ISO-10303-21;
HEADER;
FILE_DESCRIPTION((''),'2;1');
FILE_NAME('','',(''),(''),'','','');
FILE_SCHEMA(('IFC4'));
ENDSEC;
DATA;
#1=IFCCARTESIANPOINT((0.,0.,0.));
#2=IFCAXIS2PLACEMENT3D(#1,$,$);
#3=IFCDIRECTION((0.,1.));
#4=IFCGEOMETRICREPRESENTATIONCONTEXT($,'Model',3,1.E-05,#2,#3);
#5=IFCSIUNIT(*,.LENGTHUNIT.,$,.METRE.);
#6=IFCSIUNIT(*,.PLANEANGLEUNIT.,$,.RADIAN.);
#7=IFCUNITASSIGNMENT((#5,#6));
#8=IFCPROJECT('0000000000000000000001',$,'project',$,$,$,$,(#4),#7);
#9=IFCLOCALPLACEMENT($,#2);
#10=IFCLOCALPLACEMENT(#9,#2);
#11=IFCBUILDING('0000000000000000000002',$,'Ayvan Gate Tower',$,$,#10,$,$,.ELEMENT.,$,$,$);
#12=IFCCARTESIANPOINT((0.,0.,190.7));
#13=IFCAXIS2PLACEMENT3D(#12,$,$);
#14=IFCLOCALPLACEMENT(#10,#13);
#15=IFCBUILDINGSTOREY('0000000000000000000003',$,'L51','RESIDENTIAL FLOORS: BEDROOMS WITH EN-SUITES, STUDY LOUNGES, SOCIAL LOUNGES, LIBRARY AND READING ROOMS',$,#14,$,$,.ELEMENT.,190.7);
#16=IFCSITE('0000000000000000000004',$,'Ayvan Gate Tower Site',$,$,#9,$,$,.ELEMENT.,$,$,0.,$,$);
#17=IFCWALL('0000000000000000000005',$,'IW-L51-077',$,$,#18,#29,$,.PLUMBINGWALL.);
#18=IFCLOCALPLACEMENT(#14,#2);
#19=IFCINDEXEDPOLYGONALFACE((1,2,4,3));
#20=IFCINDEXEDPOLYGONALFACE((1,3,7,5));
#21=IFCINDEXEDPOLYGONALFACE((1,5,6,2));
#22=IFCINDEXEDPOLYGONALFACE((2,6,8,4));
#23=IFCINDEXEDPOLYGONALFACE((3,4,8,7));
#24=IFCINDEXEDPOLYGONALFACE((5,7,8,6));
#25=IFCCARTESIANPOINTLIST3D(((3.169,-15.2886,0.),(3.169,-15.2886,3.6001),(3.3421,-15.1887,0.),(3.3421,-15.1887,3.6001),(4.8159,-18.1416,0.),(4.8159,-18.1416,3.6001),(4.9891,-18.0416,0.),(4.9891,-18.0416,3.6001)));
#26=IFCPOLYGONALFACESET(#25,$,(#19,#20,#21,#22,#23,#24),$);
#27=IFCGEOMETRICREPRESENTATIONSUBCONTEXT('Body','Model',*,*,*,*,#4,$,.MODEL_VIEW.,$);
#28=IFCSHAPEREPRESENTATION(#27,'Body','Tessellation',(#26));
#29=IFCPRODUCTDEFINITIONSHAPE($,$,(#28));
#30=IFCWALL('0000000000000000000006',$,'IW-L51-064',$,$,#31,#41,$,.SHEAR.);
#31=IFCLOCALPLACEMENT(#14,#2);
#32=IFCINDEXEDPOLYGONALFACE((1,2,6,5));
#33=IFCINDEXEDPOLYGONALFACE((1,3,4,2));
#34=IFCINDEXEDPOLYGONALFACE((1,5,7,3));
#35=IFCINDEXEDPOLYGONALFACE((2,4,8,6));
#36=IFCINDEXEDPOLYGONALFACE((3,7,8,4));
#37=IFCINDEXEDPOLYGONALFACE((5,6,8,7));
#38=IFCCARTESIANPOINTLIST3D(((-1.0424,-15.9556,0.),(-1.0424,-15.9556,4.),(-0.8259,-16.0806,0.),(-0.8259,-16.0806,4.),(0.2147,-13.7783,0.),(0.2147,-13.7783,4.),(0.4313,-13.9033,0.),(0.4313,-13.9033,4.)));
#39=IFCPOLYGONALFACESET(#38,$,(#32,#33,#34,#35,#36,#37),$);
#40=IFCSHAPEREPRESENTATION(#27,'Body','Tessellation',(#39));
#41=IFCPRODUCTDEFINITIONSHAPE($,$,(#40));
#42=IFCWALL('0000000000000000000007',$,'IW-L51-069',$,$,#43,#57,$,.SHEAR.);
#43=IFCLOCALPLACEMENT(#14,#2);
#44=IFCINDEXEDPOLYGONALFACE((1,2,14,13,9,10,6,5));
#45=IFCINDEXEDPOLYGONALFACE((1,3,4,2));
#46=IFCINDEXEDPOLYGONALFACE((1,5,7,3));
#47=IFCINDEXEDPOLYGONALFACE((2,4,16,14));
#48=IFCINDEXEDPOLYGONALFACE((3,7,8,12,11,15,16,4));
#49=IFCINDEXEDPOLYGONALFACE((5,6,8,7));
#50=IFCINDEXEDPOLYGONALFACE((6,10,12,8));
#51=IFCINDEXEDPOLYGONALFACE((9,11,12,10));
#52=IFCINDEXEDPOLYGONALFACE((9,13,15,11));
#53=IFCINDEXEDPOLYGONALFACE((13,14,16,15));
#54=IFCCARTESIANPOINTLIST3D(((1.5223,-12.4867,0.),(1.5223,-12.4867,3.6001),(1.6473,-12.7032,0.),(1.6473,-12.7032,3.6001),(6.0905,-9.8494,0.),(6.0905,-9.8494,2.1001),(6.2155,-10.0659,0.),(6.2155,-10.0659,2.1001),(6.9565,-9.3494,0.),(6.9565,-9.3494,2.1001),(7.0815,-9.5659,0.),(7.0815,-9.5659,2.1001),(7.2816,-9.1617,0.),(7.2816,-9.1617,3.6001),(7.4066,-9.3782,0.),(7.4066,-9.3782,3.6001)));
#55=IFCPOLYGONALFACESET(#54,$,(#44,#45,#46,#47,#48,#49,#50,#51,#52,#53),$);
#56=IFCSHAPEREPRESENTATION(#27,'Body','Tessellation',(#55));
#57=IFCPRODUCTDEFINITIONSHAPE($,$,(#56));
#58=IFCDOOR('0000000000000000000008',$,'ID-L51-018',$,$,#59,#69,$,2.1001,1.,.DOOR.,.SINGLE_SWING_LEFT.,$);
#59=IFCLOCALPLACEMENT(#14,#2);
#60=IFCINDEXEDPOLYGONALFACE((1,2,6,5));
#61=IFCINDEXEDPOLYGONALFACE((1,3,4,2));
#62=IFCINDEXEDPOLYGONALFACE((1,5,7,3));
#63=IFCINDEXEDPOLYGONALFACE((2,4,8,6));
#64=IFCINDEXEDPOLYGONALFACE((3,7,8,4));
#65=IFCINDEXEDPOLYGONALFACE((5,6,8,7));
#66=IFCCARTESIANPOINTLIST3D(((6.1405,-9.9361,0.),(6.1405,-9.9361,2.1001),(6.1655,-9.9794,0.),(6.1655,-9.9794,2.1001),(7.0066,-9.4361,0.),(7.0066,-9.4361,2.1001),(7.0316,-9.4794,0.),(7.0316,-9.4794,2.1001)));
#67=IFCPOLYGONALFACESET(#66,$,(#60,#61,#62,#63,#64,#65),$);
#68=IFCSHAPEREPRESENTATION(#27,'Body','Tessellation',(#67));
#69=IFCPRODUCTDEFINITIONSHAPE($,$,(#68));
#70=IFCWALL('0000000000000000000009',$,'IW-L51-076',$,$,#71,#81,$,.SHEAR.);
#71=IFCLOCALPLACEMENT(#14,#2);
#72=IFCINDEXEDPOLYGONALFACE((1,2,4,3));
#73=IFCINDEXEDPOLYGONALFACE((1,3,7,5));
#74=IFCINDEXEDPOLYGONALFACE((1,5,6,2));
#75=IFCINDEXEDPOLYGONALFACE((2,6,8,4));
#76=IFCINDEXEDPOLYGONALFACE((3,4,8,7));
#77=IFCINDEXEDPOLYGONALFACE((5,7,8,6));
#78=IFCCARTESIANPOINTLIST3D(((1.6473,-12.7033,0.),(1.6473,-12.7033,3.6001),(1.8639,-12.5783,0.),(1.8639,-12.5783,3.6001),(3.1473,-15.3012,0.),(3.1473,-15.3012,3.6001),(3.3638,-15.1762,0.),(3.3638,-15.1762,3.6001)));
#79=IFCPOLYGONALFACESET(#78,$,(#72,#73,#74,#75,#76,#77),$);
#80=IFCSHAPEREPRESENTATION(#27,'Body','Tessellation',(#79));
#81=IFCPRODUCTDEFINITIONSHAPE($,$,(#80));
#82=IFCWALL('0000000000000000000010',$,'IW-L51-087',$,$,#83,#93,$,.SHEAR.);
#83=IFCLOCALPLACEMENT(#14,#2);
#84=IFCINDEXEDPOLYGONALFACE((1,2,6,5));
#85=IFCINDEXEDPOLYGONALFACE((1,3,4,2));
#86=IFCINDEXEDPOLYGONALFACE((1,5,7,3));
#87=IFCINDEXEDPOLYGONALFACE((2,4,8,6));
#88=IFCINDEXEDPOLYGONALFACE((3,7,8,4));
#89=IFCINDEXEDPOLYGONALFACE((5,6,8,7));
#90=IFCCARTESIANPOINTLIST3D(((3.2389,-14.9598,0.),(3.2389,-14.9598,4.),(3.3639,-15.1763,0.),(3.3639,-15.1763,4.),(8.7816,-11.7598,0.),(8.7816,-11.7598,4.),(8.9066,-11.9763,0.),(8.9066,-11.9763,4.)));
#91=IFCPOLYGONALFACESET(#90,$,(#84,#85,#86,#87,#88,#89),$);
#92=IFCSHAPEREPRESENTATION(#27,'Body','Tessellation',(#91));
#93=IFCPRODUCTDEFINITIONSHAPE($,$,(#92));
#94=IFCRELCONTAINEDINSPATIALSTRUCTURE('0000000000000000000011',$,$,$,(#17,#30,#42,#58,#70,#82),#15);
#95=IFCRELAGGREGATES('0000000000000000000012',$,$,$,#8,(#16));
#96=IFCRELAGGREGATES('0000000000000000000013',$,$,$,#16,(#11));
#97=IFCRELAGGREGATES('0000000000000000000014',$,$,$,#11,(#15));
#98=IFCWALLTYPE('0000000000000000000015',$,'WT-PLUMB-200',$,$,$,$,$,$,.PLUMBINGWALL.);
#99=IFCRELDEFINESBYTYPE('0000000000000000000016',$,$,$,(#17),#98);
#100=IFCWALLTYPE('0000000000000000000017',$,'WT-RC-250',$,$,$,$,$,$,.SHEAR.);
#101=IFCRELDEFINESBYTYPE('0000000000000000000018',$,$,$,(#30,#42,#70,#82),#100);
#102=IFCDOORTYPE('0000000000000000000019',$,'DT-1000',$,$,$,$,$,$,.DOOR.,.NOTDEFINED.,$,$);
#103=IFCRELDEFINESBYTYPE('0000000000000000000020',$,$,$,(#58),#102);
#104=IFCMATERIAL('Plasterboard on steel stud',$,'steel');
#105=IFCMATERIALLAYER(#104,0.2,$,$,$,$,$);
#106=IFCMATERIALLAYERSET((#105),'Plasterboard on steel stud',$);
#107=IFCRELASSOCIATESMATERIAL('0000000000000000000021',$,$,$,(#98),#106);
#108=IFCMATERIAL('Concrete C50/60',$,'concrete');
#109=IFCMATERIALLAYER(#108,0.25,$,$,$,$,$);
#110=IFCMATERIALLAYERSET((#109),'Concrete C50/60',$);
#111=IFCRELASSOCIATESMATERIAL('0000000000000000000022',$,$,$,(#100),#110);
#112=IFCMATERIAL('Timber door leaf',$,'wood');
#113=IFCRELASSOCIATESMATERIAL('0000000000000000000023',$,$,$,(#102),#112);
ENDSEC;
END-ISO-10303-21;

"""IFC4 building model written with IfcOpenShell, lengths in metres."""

from ifc_helpers import new_model, si_unit, direction, frame, frame_2d, origin, place, context, subcontext, project, spatial, rectangle, extrude, material, layer, layer_set, type_object, element, fill, save


model = new_model("IFC4")

# Units and contexts
model_context = context("Model", 3, precision=1e-05, world=origin(), true_north=direction((0.0, 1.0)))
body_context = subcontext(model_context, "Body", "Model", "MODEL_VIEW")
ifc_project = project(units=[si_unit("LENGTHUNIT", "METRE"), si_unit("PLANEANGLEUNIT", "RADIAN")], contexts=[model_context])

# Site, building, storey
site_placement = place(None, origin())
site = spatial("IfcSite", under=ifc_project, at=site_placement, Name="Ayvan Gate Tower Site", CompositionType="ELEMENT", RefElevation=0.0)
building_placement = place(site_placement, origin())
building = spatial("IfcBuilding", under=site, at=building_placement, Name="Ayvan Gate Tower", CompositionType="ELEMENT")
storey_placement = place(building_placement, frame((0.0, 0.0, 190.7)))
storey = spatial("IfcBuildingStorey", under=building, at=storey_placement, Name="L51", Description="RESIDENTIAL FLOORS: BEDROOMS WITH EN-SUITES, STUDY LOUNGES, SOCIAL LOUNGES, LIBRARY AND READING ROOMS", CompositionType="ELEMENT", Elevation=190.7)

# Walls
ifc_material_1 = material(Name="Plasterboard on steel stud", Category="steel")
ifc_layer_1 = layer(ifc_material_1, 0.2)
ifc_layer_set_1 = layer_set([ifc_layer_1], Name="Plasterboard on steel stud")
wall_type_1 = type_object("IfcWallType", Name="WT-PLUMB-200", PredefinedType="PLUMBINGWALL", material=ifc_layer_set_1)
wall_1_placement = place(storey_placement, frame((3.2556, -15.2388, 0.0), z_axis=(0.0, 0.0, 1.0), x_axis=(0.499949, -0.866055, 0.0)))
element("IfcWall", 1, at=wall_1_placement, inside=storey, type_object=wall_type_1, Name="IW-L51-077", PredefinedType="PLUMBINGWALL", context=body_context, shape_type="SweptSolid", body=[
    extrude(rectangle(XDim=3.2942, YDim=0.2, at=frame_2d((1.647, 0.0))), origin(), (0.0, 0.0, 1.0), 3.6001),
])
ifc_material_2 = material(Name="Concrete C50/60", Category="concrete")
ifc_layer_2 = layer(ifc_material_2, 0.25)
ifc_layer_set_2 = layer_set([ifc_layer_2], Name="Concrete C50/60")
wall_type_2 = type_object("IfcWallType", Name="WT-RC-250", PredefinedType="SHEAR", material=ifc_layer_set_2)
wall_2_placement = place(storey_placement, frame((0.323, -13.8408, 0.0), z_axis=(0.0, 0.0, 1.0), x_axis=(-0.500014, -0.866017, 0.0)))
element("IfcWall", 2, at=wall_2_placement, inside=storey, type_object=wall_type_2, Name="IW-L51-064", PredefinedType="SHEAR", context=body_context, shape_type="SweptSolid", body=[
    extrude(rectangle(XDim=2.5142, YDim=0.25, at=frame_2d((1.2571, 0.0))), origin(), (0.0, 0.0, 1.0), 4.0),
])

# Wall, opening, door
wall_3_placement = place(storey_placement, frame((1.5847, -12.595, 0.0), z_axis=(0.0, 0.0, 1.0), x_axis=(0.866036, 0.499981, 0.0)))
wall_3 = element("IfcWall", 3, at=wall_3_placement, inside=storey, type_object=wall_type_2, Name="IW-L51-069", PredefinedType="SHEAR", context=body_context, shape_type="SweptSolid", body=[
    extrude(rectangle(XDim=6.6501, YDim=0.25, at=frame_2d((3.3252, 0.0))), origin(), (0.0, 0.0, 1.0), 3.6001),
])
opening_placement = place(wall_3_placement, frame((5.2749, 0.0, 0.0)))
opening = element("IfcOpeningElement", 4, at=opening_placement, cuts=wall_3, PredefinedType="OPENING", context=body_context, shape_type="SweptSolid", body=[
    extrude(rectangle(XDim=1.0, YDim=2.1001, at=frame_2d((0.5, 1.05))), frame((0.0, 0.135, 0.0), z_axis=(0.0, -1.0, 0.0), x_axis=(1.0, 0.0, 0.0)), (0.0, 0.0, 1.0), 0.27),
])
ifc_material_3 = material(Name="Timber door leaf", Category="wood")
door_type = type_object("IfcDoorType", Name="DT-1000", OperationType="NOTDEFINED", PredefinedType="DOOR", material=ifc_material_3)
door_placement = place(opening_placement, origin())
door = element("IfcDoor", 5, at=door_placement, inside=storey, type_object=door_type, Name="ID-L51-018", OperationType="SINGLE_SWING_LEFT", OverallHeight=2.1001, OverallWidth=1.0, PredefinedType="DOOR", context=body_context, shape_type="SweptSolid", body=[
    extrude(rectangle(XDim=1.0, YDim=2.1001, at=frame_2d((0.5, 1.05))), frame((0.0, 0.0249, 0.0), z_axis=(0.0, -1.0, 0.0), x_axis=(1.0, 0.0, 0.0)), (0.0, 0.0, 1.0), 0.05),
])
fill(opening, door)

# Walls
wall_4_placement = place(storey_placement, frame((3.2556, -15.2388, 0.0), z_axis=(0.0, 0.0, 1.0), x_axis=(-0.500025, 0.866011, 0.0)))
element("IfcWall", 6, at=wall_4_placement, inside=storey, type_object=wall_type_2, Name="IW-L51-076", PredefinedType="SHEAR", context=body_context, shape_type="SweptSolid", body=[
    extrude(rectangle(XDim=2.9998, YDim=0.25, at=frame_2d((1.5, 0.0))), origin(), (0.0, 0.0, 1.0), 3.6001),
])
wall_5_placement = place(storey_placement, frame((3.3013, -15.0681, 0.0), z_axis=(0.0, 0.0, 1.0), x_axis=(0.866035, 0.499983, 0.0)))
element("IfcWall", 7, at=wall_5_placement, inside=storey, type_object=wall_type_2, Name="IW-L51-087", PredefinedType="SHEAR", context=body_context, shape_type="SweptSolid", body=[
    extrude(rectangle(XDim=6.4001, YDim=0.25, at=frame_2d((3.2002, 0.0))), origin(), (0.0, 0.0, 1.0), 4.0),
])

save(model, "model.ifc")
